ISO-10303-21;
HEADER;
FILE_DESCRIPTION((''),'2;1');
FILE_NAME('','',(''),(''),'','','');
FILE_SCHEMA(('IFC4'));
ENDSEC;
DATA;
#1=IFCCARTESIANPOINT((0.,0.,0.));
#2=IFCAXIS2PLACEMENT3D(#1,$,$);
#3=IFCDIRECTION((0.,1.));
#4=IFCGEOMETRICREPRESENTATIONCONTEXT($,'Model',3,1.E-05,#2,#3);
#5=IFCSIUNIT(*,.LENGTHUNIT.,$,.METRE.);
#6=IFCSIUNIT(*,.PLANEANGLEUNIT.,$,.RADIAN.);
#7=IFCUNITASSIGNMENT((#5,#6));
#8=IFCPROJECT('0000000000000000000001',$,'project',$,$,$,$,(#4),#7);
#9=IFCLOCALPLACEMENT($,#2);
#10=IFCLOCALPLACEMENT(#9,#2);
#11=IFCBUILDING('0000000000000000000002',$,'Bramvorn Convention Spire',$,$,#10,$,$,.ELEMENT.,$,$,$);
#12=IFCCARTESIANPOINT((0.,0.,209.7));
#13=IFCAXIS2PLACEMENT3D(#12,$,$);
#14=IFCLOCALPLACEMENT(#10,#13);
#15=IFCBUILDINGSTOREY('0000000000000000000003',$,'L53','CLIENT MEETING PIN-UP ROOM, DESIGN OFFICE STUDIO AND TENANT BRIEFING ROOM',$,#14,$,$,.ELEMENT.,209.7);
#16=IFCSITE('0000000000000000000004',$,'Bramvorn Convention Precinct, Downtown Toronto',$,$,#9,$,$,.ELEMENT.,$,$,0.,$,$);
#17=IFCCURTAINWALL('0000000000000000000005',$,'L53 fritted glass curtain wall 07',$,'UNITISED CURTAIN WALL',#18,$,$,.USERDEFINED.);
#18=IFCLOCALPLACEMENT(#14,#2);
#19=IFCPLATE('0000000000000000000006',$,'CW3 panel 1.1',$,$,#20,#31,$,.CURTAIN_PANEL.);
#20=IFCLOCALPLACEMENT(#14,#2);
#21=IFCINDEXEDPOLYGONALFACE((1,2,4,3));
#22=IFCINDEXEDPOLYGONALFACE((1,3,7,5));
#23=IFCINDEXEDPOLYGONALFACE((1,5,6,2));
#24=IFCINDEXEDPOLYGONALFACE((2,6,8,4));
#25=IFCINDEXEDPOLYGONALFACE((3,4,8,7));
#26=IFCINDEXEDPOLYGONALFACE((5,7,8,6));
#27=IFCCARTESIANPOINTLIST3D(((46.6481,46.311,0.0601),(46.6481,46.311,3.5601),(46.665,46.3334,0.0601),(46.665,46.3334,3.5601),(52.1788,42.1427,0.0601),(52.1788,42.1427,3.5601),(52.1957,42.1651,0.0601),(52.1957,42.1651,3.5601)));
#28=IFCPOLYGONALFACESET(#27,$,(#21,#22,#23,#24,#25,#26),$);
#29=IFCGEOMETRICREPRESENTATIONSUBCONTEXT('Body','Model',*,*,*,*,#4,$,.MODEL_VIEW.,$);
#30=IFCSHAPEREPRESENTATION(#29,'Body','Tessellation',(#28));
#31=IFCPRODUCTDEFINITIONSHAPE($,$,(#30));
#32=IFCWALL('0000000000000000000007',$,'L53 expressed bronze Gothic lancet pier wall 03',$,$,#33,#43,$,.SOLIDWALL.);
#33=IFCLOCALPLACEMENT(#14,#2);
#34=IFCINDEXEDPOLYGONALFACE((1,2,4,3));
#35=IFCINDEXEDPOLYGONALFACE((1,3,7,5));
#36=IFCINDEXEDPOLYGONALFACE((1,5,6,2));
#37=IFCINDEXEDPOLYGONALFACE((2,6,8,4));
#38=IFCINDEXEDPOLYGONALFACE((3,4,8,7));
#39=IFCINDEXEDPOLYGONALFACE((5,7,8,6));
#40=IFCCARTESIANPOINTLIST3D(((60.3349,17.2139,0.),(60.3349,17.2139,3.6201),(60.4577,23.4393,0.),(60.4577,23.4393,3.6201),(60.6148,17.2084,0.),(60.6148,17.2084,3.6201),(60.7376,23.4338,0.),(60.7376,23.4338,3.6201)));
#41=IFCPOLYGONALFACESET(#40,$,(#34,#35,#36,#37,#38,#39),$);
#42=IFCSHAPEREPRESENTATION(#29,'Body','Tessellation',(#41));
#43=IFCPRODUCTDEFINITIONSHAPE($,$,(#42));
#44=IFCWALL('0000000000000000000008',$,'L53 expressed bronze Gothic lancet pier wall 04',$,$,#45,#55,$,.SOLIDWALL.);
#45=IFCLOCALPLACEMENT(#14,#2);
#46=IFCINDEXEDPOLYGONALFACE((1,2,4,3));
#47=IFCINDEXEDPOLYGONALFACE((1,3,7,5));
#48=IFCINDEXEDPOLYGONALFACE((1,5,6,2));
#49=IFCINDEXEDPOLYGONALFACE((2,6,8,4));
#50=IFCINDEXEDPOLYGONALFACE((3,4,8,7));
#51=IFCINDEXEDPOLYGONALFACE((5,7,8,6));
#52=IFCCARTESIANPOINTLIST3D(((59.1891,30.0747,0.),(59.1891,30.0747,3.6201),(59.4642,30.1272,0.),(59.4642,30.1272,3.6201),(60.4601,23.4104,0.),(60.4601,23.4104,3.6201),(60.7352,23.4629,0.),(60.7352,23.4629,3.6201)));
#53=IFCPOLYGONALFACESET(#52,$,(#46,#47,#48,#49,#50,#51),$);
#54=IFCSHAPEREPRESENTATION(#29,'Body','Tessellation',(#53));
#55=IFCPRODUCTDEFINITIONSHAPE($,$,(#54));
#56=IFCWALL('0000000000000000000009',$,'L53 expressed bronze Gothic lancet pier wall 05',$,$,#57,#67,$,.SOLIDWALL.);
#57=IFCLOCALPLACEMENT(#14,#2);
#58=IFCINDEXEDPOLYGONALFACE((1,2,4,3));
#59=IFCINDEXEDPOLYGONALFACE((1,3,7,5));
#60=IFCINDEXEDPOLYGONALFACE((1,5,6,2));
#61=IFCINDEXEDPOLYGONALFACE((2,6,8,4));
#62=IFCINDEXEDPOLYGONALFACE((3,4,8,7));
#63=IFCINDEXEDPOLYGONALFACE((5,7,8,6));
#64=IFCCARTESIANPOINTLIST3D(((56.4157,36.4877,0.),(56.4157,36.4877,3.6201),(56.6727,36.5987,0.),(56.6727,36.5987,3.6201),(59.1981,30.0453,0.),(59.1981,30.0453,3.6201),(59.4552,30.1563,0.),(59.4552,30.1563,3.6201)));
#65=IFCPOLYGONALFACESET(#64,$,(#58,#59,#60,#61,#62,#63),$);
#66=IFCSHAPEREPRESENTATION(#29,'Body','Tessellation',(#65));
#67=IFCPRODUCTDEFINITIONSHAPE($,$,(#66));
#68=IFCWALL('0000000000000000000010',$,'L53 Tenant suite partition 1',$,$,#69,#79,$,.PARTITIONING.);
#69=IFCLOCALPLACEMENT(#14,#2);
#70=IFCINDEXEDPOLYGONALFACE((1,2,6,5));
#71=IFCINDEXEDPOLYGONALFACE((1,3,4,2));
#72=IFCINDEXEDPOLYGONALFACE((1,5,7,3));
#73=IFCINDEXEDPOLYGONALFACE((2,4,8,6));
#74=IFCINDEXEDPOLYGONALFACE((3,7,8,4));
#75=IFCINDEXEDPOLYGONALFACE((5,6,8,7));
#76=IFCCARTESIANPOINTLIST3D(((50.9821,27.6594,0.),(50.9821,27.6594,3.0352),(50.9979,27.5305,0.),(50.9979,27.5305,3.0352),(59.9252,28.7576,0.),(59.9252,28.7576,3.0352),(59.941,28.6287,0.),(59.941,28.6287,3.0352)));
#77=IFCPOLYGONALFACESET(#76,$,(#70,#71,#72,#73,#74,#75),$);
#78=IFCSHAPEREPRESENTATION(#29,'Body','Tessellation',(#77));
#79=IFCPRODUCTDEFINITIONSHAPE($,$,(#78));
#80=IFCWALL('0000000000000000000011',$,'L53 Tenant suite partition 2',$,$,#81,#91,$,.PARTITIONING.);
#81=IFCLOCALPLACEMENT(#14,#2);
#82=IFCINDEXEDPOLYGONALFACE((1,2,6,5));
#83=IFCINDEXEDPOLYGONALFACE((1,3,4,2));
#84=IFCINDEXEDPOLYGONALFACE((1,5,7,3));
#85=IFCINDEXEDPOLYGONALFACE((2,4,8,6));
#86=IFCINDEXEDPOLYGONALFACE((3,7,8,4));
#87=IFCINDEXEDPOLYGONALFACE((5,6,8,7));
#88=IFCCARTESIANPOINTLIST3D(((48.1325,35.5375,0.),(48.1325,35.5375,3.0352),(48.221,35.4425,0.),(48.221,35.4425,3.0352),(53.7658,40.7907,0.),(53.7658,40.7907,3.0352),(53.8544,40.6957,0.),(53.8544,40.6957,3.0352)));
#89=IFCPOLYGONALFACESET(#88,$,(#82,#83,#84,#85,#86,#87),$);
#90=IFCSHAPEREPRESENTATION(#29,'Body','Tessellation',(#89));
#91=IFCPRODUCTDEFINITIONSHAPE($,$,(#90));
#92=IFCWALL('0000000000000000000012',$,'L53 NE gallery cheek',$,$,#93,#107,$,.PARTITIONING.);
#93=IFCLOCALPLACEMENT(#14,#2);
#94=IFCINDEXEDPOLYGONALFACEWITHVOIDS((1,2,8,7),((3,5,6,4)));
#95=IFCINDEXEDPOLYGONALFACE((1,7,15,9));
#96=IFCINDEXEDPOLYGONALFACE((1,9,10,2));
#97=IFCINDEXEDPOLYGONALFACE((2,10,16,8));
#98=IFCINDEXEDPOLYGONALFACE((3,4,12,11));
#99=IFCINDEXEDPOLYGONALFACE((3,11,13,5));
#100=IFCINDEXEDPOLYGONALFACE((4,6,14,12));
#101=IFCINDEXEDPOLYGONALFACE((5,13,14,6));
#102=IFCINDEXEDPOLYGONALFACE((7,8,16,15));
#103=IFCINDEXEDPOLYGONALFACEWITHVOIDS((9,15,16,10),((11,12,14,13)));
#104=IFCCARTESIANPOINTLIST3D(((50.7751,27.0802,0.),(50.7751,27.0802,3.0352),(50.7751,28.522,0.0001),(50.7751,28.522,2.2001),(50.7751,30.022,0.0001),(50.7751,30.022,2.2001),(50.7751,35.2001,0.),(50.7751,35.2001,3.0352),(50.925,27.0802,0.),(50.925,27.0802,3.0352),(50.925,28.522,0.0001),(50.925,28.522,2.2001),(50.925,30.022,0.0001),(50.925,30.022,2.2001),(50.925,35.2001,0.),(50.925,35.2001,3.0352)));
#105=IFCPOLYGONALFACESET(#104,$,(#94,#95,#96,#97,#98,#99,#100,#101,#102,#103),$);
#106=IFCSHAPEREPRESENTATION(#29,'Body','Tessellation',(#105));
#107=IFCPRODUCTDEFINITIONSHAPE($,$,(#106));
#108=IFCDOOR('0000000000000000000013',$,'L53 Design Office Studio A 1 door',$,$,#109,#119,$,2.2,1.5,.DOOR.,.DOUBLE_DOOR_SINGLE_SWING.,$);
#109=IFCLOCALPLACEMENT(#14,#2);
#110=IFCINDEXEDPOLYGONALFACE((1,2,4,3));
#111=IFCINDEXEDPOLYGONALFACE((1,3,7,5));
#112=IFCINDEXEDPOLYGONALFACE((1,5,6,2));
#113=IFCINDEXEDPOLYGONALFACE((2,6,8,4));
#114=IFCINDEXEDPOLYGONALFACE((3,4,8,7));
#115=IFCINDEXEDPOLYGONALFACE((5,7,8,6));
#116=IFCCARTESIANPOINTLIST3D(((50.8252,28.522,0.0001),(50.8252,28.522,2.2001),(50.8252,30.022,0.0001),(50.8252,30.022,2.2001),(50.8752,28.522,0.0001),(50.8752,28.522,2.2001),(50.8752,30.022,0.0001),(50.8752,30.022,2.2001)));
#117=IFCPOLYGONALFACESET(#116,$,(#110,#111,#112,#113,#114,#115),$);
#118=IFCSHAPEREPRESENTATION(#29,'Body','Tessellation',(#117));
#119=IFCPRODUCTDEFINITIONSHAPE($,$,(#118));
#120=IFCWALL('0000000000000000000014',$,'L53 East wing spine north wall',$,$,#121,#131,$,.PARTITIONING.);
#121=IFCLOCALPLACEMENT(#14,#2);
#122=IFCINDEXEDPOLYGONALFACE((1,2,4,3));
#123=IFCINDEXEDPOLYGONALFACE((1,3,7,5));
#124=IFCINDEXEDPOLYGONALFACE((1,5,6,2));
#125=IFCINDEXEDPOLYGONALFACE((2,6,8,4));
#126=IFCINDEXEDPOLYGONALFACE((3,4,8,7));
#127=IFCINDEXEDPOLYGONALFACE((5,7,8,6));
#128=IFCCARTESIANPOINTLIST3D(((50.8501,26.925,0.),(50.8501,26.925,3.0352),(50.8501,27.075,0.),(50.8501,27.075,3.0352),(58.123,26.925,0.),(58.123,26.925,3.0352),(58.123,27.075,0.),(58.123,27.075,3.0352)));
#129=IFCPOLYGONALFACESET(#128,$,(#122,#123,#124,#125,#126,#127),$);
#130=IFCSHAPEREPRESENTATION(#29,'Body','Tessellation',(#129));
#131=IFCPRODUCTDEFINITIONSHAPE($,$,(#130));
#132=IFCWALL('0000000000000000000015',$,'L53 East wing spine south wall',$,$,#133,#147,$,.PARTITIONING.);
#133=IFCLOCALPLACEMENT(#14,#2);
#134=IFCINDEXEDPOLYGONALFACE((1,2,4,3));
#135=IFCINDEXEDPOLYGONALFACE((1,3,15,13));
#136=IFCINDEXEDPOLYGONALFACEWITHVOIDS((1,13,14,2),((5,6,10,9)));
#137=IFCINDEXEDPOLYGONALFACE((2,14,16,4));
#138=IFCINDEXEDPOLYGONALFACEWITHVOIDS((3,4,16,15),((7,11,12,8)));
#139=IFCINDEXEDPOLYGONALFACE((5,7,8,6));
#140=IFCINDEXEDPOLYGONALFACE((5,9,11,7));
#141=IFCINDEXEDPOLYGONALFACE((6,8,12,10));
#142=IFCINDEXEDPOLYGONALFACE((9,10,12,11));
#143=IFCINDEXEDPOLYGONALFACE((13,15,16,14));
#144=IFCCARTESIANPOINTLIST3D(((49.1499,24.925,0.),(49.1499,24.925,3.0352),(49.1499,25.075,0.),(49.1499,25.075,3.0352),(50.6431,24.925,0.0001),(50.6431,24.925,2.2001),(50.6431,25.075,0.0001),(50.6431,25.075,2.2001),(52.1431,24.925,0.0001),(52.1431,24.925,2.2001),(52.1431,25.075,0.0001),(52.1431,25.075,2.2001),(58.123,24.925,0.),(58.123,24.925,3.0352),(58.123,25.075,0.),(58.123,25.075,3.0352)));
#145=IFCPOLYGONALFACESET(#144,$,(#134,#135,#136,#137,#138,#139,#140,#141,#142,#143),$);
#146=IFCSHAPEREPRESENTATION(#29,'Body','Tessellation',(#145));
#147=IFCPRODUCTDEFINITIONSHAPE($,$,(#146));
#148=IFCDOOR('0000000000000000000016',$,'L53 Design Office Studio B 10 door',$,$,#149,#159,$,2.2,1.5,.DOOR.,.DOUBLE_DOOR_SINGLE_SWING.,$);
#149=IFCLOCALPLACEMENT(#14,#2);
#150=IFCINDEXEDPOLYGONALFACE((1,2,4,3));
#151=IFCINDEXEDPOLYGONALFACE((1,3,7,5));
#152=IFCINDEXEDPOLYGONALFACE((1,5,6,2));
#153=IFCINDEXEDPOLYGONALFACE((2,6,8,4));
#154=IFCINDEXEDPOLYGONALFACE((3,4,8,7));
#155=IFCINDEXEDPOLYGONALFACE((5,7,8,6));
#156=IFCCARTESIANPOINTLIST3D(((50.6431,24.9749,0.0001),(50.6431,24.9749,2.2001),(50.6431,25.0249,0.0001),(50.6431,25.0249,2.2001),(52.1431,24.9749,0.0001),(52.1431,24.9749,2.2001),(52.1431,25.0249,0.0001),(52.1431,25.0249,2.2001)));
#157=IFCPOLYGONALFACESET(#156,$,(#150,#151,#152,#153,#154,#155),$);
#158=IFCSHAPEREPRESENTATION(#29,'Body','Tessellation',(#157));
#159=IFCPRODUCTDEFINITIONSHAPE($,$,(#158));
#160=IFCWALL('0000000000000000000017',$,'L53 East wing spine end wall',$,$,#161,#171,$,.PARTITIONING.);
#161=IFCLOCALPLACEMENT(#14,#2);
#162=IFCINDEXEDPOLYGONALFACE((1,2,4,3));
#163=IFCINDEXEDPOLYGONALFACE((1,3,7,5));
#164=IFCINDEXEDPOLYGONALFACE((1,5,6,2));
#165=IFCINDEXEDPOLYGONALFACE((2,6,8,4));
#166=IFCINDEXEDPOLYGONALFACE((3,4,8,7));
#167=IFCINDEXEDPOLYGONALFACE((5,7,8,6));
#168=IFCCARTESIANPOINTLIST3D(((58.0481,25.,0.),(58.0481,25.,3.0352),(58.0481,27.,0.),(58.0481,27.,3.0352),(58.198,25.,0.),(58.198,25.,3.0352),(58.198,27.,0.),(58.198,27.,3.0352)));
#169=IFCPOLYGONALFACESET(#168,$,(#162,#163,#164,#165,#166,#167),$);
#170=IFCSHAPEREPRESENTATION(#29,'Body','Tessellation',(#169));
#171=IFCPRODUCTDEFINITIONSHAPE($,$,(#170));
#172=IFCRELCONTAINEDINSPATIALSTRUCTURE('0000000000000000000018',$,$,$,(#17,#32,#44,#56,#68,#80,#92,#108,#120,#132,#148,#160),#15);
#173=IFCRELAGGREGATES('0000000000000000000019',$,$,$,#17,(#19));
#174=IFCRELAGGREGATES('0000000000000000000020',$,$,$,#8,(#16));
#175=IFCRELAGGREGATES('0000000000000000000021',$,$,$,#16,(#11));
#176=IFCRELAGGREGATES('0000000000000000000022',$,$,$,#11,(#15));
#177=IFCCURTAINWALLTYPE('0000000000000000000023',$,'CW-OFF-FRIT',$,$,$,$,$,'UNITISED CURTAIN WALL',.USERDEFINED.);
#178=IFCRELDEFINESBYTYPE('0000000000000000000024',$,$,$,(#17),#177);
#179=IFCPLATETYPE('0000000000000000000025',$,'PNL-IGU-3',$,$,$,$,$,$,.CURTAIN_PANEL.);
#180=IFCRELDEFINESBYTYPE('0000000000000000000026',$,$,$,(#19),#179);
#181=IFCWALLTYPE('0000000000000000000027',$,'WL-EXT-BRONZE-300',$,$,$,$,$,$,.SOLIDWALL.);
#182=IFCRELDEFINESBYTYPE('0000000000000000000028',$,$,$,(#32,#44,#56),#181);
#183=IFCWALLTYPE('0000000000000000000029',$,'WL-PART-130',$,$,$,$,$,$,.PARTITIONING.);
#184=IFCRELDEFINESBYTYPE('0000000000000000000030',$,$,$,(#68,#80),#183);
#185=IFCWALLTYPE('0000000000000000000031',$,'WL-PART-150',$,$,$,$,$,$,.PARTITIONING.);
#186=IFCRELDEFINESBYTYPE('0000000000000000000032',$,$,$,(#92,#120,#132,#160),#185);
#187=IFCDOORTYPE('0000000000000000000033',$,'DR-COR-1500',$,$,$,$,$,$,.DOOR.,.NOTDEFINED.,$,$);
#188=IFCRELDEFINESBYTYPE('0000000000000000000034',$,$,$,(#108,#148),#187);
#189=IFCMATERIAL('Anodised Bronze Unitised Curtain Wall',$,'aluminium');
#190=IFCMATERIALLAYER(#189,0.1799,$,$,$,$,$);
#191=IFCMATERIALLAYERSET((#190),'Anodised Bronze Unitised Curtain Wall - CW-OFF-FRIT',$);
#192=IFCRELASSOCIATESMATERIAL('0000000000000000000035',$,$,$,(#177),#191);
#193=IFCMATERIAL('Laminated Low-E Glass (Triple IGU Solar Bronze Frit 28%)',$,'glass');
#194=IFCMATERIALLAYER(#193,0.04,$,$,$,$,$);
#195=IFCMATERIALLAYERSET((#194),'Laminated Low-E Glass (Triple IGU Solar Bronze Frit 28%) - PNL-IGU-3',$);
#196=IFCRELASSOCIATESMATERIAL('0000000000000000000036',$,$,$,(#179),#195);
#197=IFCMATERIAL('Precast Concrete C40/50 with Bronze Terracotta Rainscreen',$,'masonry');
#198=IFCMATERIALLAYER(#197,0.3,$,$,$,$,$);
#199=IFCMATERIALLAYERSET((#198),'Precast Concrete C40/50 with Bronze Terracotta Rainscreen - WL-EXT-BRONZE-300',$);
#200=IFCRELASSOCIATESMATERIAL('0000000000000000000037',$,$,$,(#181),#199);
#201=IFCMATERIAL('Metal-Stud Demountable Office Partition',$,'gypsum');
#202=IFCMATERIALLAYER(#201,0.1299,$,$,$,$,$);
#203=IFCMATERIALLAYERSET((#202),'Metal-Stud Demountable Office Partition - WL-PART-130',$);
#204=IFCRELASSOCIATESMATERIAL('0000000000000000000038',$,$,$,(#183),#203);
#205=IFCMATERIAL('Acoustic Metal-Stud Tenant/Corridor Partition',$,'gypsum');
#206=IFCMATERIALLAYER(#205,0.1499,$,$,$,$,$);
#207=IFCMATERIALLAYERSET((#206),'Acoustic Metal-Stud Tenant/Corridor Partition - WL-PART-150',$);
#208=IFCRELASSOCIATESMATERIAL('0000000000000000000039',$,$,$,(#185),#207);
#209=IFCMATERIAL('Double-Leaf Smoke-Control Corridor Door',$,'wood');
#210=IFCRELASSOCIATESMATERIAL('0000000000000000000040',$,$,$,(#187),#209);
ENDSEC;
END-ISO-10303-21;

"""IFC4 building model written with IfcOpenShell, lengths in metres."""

from ifc_helpers import new_model, si_unit, direction, frame, frame_2d, origin, origin_2d, place, context, subcontext, project, spatial, rectangle, extrude, material, layer, layer_set, type_object, element, fill, aggregate, save


model = new_model("IFC4")

# Units and contexts
model_context = context("Model", 3, precision=1e-05, world=origin(), true_north=direction((0.0, 1.0)))
body_context = subcontext(model_context, "Body", "Model", "MODEL_VIEW")
ifc_project = project(units=[si_unit("LENGTHUNIT", "METRE"), si_unit("PLANEANGLEUNIT", "RADIAN")], contexts=[model_context])

# Site, building, storey
site_placement = place(None, origin())
site = spatial("IfcSite", under=ifc_project, at=site_placement, Name="Bramvorn Convention Precinct, Downtown Toronto", CompositionType="ELEMENT", RefElevation=0.0)
building_placement = place(site_placement, origin())
building = spatial("IfcBuilding", under=site, at=building_placement, Name="Bramvorn Convention Spire", CompositionType="ELEMENT")
storey_placement = place(building_placement, frame((0.0, 0.0, 209.7)))
storey = spatial("IfcBuildingStorey", under=building, at=storey_placement, Name="L53", Description="CLIENT MEETING PIN-UP ROOM, DESIGN OFFICE STUDIO AND TENANT BRIEFING ROOM", CompositionType="ELEMENT", Elevation=209.7)

# Shared definitions
ifc_material_1 = material(Name="Anodised Bronze Unitised Curtain Wall", Category="aluminium")
ifc_layer_1 = layer(ifc_material_1, 0.1799)
ifc_layer_set_1 = layer_set([ifc_layer_1], Name="Anodised Bronze Unitised Curtain Wall - CW-OFF-FRIT")
curtain_wall_type = type_object("IfcCurtainWallType", Name="CW-OFF-FRIT", ElementType="UNITISED CURTAIN WALL", PredefinedType="USERDEFINED", material=ifc_layer_set_1)

# Curtain wall
curtain_wall_1_placement = place(storey_placement, origin())
curtain_wall_1 = element("IfcCurtainWall", 1, at=curtain_wall_1_placement, inside=storey, type_object=curtain_wall_type, Name="L53 fritted glass curtain wall 07", ObjectType="UNITISED CURTAIN WALL", PredefinedType="USERDEFINED")

# Plate
ifc_material_2 = material(Name="Laminated Low-E Glass (Triple IGU Solar Bronze Frit 28%)", Category="glass")
ifc_layer_2 = layer(ifc_material_2, 0.04)
ifc_layer_set_2 = layer_set([ifc_layer_2], Name="Laminated Low-E Glass (Triple IGU Solar Bronze Frit 28%) - PNL-IGU-3")
plate_type = type_object("IfcPlateType", Name="PNL-IGU-3", PredefinedType="CURTAIN_PANEL", material=ifc_layer_set_2)
plate_1_placement = place(storey_placement, frame((49.4219, 44.238, 0.0601), z_axis=(0.0, 0.0, 1.0), x_axis=(0.798593, -0.601872, 0.0)))
plate_1 = element("IfcPlate", 2, at=plate_1_placement, type_object=plate_type, Name="CW3 panel 1.1", PredefinedType="CURTAIN_PANEL", context=body_context, shape_type="SweptSolid", body=[
    extrude(rectangle(XDim=6.9255, YDim=0.0281, at=origin_2d()), origin(), (0.0, 0.0, 1.0), 3.5),
])
aggregate(curtain_wall_1, [plate_1])

# Walls
ifc_material_3 = material(Name="Precast Concrete C40/50 with Bronze Terracotta Rainscreen", Category="masonry")
ifc_layer_3 = layer(ifc_material_3, 0.3)
ifc_layer_set_3 = layer_set([ifc_layer_3], Name="Precast Concrete C40/50 with Bronze Terracotta Rainscreen - WL-EXT-BRONZE-300")
wall_type_1 = type_object("IfcWallType", Name="WL-EXT-BRONZE-300", PredefinedType="SOLIDWALL", material=ifc_layer_set_3)
wall_1_placement = place(storey_placement, frame((60.5977, 23.4365, 0.0), z_axis=(0.0, 0.0, 1.0), x_axis=(-0.019722, -0.999805, 0.0)))
element("IfcWall", 3, at=wall_1_placement, inside=storey, type_object=wall_type_1, Name="L53 expressed bronze Gothic lancet pier wall 03", PredefinedType="SOLIDWALL", context=body_context, shape_type="SweptSolid", body=[
    extrude(rectangle(XDim=6.2266, YDim=0.28, at=frame_2d((3.1133, 0.0))), origin(), (0.0, 0.0, 1.0), 3.6201),
])
wall_2_placement = place(storey_placement, frame((59.3267, 30.1008, 0.0), z_axis=(0.0, 0.0, 1.0), x_axis=(0.18734, -0.982295, 0.0)))
element("IfcWall", 4, at=wall_2_placement, inside=storey, type_object=wall_type_1, Name="L53 expressed bronze Gothic lancet pier wall 04", PredefinedType="SOLIDWALL", context=body_context, shape_type="SweptSolid", body=[
    extrude(rectangle(XDim=6.7844, YDim=0.28, at=frame_2d((3.3921, 0.0))), origin(), (0.0, 0.0, 1.0), 3.6201),
])
wall_3_placement = place(storey_placement, frame((56.5442, 36.5432, 0.0), z_axis=(0.0, 0.0, 1.0), x_axis=(0.3965, -0.918035, 0.0)))
element("IfcWall", 5, at=wall_3_placement, inside=storey, type_object=wall_type_1, Name="L53 expressed bronze Gothic lancet pier wall 05", PredefinedType="SOLIDWALL", context=body_context, shape_type="SweptSolid", body=[
    extrude(rectangle(XDim=7.0176, YDim=0.28, at=frame_2d((3.5088, 0.0))), origin(), (0.0, 0.0, 1.0), 3.6201),
])
ifc_material_4 = material(Name="Metal-Stud Demountable Office Partition", Category="gypsum")
ifc_layer_4 = layer(ifc_material_4, 0.1299)
ifc_layer_set_4 = layer_set([ifc_layer_4], Name="Metal-Stud Demountable Office Partition - WL-PART-130")
wall_type_2 = type_object("IfcWallType", Name="WL-PART-130", PredefinedType="PARTITIONING", material=ifc_layer_set_4)
wall_4_placement = place(storey_placement, frame((50.99, 27.595, 0.0), z_axis=(0.0, 0.0, 1.0), x_axis=(0.992545, 0.121877, 0.0)))
element("IfcWall", 6, at=wall_4_placement, inside=storey, type_object=wall_type_2, Name="L53 Tenant suite partition 1", PredefinedType="PARTITIONING", context=body_context, shape_type="SweptSolid", body=[
    extrude(rectangle(XDim=9.0103, YDim=0.1299, at=frame_2d((4.5051, 0.0))), origin(), (0.0, 0.0, 1.0), 3.0352),
])
wall_5_placement = place(storey_placement, frame((48.1768, 35.49, 0.0), z_axis=(0.0, 0.0, 1.0), x_axis=(0.731351, 0.682001, 0.0)))
element("IfcWall", 7, at=wall_5_placement, inside=storey, type_object=wall_type_2, Name="L53 Tenant suite partition 2", PredefinedType="PARTITIONING", context=body_context, shape_type="SweptSolid", body=[
    extrude(rectangle(XDim=7.7026, YDim=0.1299, at=frame_2d((3.8513, 0.0))), origin(), (0.0, 0.0, 1.0), 3.0352),
])

# Wall, opening, door
ifc_material_5 = material(Name="Acoustic Metal-Stud Tenant/Corridor Partition", Category="gypsum")
ifc_layer_5 = layer(ifc_material_5, 0.1499)
ifc_layer_set_5 = layer_set([ifc_layer_5], Name="Acoustic Metal-Stud Tenant/Corridor Partition - WL-PART-150")
wall_type_3 = type_object("IfcWallType", Name="WL-PART-150", PredefinedType="PARTITIONING", material=ifc_layer_set_5)
wall_6_placement = place(storey_placement, frame((50.8501, 27.0801, 0.0), z_axis=(0.0, 0.0, 1.0), x_axis=(0.0, 1.0, 0.0)))
wall_6 = element("IfcWall", 8, at=wall_6_placement, inside=storey, type_object=wall_type_3, Name="L53 NE gallery cheek", PredefinedType="PARTITIONING", context=body_context, shape_type="SweptSolid", body=[
    extrude(rectangle(XDim=8.1199, YDim=0.1499, at=frame_2d((4.0601, 0.0))), origin(), (0.0, 0.0, 1.0), 3.0352),
])
opening_1_placement = place(wall_6_placement, frame((1.4419, 0.0, 0.0)))
opening_1 = element("IfcOpeningElement", 9, at=opening_1_placement, cuts=wall_6, PredefinedType="OPENING", context=body_context, shape_type="SweptSolid", body=[
    extrude(rectangle(XDim=1.5, YDim=2.2, at=frame_2d((0.75, 1.1001))), frame((0.0, 0.085, 0.0), z_axis=(0.0, -1.0, 0.0), x_axis=(1.0, 0.0, 0.0)), (0.0, 0.0, 1.0), 0.1699),
])
ifc_material_6 = material(Name="Double-Leaf Smoke-Control Corridor Door", Category="wood")
door_type = type_object("IfcDoorType", Name="DR-COR-1500", OperationType="NOTDEFINED", PredefinedType="DOOR", material=ifc_material_6)
door_1_placement = place(opening_1_placement, origin())
door_1 = element("IfcDoor", 10, at=door_1_placement, inside=storey, type_object=door_type, Name="L53 Design Office Studio A 1 door", OperationType="DOUBLE_DOOR_SINGLE_SWING", OverallHeight=2.2, OverallWidth=1.5, PredefinedType="DOOR", context=body_context, shape_type="SweptSolid", body=[
    extrude(rectangle(XDim=1.5, YDim=2.2, at=frame_2d((0.75, 1.1001))), frame((0.0, 0.0249, 0.0), z_axis=(0.0, -1.0, 0.0), x_axis=(1.0, 0.0, 0.0)), (0.0, 0.0, 1.0), 0.05),
])
fill(opening_1, door_1)

# Wall
wall_7_placement = place(storey_placement, frame((50.8501, 27.0, 0.0), z_axis=(0.0, 0.0, 1.0), x_axis=(1.0, 0.0, 0.0)))
element("IfcWall", 11, at=wall_7_placement, inside=storey, type_object=wall_type_3, Name="L53 East wing spine north wall", PredefinedType="PARTITIONING", context=body_context, shape_type="SweptSolid", body=[
    extrude(rectangle(XDim=7.2729, YDim=0.1499, at=frame_2d((3.6365, 0.0))), origin(), (0.0, 0.0, 1.0), 3.0352),
])

# Wall, opening, door
wall_8_placement = place(storey_placement, frame((49.1499, 25.0, 0.0), z_axis=(0.0, 0.0, 1.0), x_axis=(1.0, 0.0, 0.0)))
wall_8 = element("IfcWall", 12, at=wall_8_placement, inside=storey, type_object=wall_type_3, Name="L53 East wing spine south wall", PredefinedType="PARTITIONING", context=body_context, shape_type="SweptSolid", body=[
    extrude(rectangle(XDim=8.9731, YDim=0.1499, at=frame_2d((4.4866, 0.0))), origin(), (0.0, 0.0, 1.0), 3.0352),
])
opening_2_placement = place(wall_8_placement, frame((1.4932, 0.0, 0.0)))
opening_2 = element("IfcOpeningElement", 13, at=opening_2_placement, cuts=wall_8, PredefinedType="OPENING", context=body_context, shape_type="SweptSolid", body=[
    extrude(rectangle(XDim=1.5, YDim=2.2, at=frame_2d((0.75, 1.1001))), frame((0.0, 0.085, 0.0), z_axis=(0.0, -1.0, 0.0), x_axis=(1.0, 0.0, 0.0)), (0.0, 0.0, 1.0), 0.1699),
])
door_2_placement = place(opening_2_placement, origin())
door_2 = element("IfcDoor", 14, at=door_2_placement, inside=storey, type_object=door_type, Name="L53 Design Office Studio B 10 door", OperationType="DOUBLE_DOOR_SINGLE_SWING", OverallHeight=2.2, OverallWidth=1.5, PredefinedType="DOOR", context=body_context, shape_type="SweptSolid", body=[
    extrude(rectangle(XDim=1.5, YDim=2.2, at=frame_2d((0.75, 1.1001))), frame((0.0, 0.0249, 0.0), z_axis=(0.0, -1.0, 0.0), x_axis=(1.0, 0.0, 0.0)), (0.0, 0.0, 1.0), 0.05),
])
fill(opening_2, door_2)

# Wall
wall_9_placement = place(storey_placement, frame((58.123, 25.0, 0.0), z_axis=(0.0, 0.0, 1.0), x_axis=(0.0, 1.0, 0.0)))
element("IfcWall", 15, at=wall_9_placement, inside=storey, type_object=wall_type_3, Name="L53 East wing spine end wall", PredefinedType="PARTITIONING", context=body_context, shape_type="SweptSolid", body=[
    extrude(rectangle(XDim=2.0, YDim=0.1499, at=frame_2d((1.0, 0.0))), origin(), (0.0, 0.0, 1.0), 3.0352),
])

save(model, "model.ifc")
